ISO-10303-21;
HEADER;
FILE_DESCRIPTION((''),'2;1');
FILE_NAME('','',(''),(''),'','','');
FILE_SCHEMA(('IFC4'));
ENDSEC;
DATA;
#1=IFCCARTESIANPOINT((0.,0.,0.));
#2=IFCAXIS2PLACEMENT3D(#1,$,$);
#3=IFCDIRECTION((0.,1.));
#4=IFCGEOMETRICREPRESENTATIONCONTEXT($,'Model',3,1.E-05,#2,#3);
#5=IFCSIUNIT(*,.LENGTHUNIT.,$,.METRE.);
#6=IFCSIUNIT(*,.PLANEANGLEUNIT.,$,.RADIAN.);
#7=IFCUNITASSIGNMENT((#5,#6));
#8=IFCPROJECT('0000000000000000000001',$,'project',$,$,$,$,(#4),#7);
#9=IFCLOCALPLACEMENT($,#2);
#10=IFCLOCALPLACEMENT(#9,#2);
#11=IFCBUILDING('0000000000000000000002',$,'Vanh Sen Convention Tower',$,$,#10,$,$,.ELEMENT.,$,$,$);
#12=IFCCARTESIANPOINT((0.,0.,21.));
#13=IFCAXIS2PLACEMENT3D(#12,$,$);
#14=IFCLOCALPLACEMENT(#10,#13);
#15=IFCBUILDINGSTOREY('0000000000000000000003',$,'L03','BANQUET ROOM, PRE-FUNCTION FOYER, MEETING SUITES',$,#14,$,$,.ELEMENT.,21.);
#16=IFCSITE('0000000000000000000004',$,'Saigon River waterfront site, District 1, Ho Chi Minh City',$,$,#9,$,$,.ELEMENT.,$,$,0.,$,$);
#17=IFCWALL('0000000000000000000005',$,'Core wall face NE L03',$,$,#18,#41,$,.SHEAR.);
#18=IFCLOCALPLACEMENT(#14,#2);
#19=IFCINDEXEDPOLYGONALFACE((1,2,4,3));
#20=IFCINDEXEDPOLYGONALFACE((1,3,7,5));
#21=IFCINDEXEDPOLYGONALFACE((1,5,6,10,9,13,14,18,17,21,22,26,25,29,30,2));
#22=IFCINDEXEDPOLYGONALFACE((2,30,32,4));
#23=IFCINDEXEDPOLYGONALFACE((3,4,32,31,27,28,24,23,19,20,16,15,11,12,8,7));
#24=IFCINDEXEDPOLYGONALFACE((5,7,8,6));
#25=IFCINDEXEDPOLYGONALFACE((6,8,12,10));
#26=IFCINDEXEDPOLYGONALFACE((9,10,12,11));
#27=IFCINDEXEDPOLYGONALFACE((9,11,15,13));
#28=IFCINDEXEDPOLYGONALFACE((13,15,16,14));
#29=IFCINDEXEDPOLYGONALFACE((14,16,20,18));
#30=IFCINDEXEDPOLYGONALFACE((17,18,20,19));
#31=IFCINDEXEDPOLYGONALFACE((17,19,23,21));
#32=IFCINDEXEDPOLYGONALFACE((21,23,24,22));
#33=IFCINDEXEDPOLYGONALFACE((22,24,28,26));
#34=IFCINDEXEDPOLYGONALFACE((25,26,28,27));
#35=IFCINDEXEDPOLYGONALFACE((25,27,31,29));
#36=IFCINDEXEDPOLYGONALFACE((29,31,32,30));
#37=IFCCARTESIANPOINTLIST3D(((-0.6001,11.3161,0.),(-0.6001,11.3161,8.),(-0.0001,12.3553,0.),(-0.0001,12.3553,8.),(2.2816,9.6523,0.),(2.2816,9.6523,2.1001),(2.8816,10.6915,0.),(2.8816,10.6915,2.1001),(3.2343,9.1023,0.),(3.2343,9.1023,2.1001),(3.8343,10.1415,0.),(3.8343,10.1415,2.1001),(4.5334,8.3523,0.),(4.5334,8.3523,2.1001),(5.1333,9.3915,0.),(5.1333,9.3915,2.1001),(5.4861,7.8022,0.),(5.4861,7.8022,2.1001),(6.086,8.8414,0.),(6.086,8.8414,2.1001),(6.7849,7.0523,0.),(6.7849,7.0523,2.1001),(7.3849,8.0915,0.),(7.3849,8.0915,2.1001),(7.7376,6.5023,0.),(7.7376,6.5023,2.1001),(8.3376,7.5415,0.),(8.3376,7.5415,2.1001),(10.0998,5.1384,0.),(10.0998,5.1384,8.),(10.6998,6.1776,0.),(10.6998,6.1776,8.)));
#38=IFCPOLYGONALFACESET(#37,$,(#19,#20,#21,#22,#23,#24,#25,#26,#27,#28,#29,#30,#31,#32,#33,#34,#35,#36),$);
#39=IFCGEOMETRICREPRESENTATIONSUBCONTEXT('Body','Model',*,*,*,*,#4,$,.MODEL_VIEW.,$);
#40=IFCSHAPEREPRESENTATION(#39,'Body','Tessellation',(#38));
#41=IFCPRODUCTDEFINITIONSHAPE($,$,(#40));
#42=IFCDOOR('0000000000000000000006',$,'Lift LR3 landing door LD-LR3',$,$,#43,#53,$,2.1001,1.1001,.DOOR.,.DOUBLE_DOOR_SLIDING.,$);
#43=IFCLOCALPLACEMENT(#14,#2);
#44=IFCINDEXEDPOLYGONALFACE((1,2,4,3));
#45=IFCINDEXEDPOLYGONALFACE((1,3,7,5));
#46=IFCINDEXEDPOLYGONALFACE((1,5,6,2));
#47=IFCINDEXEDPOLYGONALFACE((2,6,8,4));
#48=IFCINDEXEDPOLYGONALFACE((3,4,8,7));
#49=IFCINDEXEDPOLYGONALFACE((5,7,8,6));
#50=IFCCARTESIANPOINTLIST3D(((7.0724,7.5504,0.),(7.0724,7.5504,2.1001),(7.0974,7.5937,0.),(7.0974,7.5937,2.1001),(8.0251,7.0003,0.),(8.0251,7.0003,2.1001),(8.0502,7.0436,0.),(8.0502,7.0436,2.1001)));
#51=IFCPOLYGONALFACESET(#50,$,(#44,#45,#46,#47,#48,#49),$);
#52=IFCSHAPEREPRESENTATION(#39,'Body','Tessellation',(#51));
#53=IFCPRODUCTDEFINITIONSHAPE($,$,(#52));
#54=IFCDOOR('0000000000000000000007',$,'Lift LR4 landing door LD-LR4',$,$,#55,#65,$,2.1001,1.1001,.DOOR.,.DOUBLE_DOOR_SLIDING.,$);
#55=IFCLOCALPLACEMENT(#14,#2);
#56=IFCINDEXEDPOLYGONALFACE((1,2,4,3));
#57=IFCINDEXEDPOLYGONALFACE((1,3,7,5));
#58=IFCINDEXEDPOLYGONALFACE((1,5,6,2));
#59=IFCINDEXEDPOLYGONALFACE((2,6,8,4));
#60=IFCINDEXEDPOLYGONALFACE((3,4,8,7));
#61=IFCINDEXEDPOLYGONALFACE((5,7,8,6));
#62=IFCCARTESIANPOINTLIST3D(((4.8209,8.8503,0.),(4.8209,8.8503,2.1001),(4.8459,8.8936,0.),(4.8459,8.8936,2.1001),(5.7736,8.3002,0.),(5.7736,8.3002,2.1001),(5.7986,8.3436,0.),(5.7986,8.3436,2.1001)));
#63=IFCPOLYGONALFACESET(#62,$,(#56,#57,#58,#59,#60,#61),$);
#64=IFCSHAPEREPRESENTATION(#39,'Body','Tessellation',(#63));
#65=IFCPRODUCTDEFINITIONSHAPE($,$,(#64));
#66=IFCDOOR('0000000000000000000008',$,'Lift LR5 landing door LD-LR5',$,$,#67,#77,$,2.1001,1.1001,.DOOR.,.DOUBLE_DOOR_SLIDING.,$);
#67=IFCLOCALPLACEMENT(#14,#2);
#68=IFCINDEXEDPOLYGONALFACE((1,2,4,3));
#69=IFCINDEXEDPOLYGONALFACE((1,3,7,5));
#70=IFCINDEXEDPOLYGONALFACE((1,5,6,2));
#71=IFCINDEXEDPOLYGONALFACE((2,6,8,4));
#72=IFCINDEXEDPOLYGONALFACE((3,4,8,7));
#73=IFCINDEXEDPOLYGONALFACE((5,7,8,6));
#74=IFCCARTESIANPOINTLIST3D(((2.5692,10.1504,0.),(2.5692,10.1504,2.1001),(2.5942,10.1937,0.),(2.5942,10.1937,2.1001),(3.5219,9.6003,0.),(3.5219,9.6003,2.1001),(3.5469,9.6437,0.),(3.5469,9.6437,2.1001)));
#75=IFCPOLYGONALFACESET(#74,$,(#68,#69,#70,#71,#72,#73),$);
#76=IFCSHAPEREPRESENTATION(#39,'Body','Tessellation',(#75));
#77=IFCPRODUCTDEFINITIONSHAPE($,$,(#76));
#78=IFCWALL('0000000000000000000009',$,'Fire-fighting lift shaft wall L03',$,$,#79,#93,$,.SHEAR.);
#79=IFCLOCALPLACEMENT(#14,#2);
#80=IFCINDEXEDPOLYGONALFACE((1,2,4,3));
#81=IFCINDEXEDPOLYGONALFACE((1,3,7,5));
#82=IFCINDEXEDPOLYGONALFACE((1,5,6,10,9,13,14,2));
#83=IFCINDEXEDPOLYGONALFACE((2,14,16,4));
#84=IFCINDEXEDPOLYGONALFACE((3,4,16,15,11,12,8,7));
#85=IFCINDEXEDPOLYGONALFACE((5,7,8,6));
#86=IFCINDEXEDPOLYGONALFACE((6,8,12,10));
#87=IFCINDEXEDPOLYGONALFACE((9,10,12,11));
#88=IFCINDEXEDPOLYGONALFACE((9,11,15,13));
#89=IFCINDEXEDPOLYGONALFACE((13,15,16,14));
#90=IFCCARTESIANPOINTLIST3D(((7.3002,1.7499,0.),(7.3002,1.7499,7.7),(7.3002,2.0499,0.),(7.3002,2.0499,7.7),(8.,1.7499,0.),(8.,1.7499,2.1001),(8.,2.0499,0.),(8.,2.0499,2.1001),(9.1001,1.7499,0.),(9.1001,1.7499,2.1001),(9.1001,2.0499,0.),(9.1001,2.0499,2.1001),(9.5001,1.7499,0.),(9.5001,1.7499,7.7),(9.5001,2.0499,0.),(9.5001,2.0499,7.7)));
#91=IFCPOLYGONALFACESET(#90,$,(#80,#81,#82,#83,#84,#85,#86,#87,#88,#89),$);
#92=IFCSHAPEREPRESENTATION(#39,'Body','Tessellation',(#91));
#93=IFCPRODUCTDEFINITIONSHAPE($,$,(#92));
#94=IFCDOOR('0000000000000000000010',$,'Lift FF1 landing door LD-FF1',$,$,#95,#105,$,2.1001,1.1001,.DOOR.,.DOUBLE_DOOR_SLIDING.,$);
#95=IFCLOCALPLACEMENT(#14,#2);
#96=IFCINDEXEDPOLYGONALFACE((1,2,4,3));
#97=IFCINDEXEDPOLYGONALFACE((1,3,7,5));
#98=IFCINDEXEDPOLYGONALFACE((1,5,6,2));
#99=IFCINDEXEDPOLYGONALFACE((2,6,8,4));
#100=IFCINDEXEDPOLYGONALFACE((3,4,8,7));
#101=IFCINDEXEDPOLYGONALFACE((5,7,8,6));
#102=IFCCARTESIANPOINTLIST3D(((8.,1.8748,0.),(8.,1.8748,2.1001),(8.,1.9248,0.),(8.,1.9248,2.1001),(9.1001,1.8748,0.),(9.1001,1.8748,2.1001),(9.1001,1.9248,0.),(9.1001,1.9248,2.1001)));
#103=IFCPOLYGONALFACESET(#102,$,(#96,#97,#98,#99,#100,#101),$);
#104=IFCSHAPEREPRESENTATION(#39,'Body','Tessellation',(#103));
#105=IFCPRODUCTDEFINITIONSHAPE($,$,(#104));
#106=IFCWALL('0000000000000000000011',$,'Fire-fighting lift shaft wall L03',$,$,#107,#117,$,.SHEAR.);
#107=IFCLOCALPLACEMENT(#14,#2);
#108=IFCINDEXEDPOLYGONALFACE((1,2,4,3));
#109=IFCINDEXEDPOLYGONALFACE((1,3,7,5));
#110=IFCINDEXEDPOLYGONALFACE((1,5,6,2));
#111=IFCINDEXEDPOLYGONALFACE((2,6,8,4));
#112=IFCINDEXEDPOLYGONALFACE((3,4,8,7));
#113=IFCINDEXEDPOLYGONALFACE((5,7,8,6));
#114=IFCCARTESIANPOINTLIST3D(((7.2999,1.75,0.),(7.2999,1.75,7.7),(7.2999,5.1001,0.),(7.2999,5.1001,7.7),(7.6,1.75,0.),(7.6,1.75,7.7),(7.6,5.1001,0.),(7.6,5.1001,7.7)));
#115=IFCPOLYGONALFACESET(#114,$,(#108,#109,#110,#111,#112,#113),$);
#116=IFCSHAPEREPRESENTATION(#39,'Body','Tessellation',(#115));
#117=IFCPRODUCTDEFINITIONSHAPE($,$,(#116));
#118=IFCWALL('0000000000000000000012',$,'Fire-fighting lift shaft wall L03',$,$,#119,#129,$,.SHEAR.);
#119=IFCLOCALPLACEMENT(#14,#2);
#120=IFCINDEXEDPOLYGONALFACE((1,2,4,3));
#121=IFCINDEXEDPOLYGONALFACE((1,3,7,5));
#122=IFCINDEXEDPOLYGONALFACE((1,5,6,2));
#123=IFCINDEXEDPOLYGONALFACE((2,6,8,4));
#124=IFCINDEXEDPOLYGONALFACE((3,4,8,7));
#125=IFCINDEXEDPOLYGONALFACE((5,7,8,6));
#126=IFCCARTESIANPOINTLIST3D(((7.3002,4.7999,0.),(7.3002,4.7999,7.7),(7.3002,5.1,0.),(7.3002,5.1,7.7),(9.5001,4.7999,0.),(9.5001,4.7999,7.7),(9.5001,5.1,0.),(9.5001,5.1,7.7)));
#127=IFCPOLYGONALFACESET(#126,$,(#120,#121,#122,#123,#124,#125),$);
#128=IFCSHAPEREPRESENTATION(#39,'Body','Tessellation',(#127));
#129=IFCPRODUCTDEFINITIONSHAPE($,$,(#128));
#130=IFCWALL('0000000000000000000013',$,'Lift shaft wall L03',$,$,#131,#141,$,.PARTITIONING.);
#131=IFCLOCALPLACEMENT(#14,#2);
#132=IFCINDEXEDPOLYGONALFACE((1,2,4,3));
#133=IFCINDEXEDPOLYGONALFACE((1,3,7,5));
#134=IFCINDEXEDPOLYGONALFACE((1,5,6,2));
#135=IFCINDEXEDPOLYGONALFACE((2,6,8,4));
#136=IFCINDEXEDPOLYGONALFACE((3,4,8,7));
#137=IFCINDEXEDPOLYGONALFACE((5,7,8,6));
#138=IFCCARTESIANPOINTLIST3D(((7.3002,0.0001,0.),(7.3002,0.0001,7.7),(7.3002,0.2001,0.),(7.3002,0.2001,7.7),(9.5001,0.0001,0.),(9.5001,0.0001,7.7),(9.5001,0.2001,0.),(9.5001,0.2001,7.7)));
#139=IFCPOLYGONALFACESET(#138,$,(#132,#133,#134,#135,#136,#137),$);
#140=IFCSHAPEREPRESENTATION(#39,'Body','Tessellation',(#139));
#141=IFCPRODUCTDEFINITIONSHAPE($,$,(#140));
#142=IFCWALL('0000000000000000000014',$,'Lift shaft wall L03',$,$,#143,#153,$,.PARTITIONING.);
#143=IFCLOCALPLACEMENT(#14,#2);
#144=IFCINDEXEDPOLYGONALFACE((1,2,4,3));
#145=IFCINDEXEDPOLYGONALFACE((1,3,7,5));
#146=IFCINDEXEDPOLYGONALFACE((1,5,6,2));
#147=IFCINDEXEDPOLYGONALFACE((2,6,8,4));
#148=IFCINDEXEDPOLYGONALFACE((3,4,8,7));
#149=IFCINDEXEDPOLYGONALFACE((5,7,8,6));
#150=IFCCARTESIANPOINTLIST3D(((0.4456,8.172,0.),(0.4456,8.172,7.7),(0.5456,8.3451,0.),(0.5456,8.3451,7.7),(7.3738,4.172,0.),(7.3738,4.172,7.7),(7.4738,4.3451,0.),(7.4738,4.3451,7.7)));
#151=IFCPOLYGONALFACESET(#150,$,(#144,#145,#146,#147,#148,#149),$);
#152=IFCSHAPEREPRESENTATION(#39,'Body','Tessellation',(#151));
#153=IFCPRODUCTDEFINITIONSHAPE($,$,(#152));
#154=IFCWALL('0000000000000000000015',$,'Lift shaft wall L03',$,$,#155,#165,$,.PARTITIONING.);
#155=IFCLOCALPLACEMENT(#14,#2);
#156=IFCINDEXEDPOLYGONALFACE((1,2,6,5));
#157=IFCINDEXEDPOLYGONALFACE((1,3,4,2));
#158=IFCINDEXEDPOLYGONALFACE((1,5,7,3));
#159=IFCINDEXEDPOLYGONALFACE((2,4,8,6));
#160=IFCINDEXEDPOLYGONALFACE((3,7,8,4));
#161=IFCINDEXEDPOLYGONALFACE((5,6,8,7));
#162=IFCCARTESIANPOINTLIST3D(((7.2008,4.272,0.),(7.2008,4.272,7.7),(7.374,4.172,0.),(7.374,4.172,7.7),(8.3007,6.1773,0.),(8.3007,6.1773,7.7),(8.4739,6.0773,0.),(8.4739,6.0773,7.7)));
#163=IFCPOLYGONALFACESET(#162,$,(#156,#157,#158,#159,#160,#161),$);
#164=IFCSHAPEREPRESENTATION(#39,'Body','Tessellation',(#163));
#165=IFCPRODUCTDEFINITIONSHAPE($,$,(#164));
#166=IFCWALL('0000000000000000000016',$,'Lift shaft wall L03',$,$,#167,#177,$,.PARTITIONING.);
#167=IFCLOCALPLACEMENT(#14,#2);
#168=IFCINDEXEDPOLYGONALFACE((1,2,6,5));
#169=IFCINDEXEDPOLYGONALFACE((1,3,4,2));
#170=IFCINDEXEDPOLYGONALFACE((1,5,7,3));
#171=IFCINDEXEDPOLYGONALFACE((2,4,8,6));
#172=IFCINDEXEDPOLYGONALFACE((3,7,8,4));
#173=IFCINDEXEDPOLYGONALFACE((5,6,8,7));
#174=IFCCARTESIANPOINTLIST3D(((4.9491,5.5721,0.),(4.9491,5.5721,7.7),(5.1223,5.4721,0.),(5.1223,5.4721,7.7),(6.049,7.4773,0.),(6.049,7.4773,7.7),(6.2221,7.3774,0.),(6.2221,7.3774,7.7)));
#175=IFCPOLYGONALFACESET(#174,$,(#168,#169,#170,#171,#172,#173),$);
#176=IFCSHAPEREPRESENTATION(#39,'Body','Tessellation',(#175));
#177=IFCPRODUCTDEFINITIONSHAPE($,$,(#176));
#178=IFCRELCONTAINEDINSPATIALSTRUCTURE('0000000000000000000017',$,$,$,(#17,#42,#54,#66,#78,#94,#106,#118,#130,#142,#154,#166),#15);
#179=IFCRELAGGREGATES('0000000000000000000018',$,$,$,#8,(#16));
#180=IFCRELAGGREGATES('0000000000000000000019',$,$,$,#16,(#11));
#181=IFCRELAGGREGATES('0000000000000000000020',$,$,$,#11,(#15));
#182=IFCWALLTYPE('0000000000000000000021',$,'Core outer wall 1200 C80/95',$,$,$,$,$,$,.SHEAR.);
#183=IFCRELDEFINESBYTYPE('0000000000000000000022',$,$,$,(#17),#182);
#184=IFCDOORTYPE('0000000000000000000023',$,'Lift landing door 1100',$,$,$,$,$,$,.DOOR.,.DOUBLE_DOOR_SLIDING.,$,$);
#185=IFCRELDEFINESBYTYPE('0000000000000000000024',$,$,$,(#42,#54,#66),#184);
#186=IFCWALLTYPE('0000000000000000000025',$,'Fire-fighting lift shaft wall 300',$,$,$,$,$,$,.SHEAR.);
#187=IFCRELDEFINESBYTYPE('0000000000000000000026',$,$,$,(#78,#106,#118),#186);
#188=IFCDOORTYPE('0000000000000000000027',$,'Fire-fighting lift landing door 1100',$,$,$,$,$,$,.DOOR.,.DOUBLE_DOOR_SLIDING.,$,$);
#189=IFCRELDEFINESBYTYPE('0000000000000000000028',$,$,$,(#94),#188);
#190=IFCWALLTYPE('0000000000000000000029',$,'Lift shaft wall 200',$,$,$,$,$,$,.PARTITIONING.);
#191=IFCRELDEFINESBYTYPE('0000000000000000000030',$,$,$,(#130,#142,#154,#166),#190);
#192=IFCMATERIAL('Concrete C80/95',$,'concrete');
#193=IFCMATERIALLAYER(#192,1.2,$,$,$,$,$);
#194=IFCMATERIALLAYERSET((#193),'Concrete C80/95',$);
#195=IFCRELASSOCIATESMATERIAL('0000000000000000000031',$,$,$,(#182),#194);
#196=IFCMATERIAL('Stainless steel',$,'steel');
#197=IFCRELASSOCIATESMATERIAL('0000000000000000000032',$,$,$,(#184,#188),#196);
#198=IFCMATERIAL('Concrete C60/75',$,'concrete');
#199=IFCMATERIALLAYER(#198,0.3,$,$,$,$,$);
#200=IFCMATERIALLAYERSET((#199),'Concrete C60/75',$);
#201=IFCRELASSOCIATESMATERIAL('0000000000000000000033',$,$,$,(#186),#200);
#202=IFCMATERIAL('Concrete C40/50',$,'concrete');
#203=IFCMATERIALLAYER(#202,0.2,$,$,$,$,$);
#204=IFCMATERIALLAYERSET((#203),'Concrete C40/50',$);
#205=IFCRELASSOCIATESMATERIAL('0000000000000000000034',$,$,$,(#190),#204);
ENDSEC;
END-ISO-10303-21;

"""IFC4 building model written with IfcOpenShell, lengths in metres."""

from ifc_helpers import new_model, si_unit, direction, frame, frame_2d, origin, place, context, subcontext, project, spatial, rectangle, extrude, material, layer, layer_set, type_object, element, fill, save


model = new_model("IFC4")

# Units and contexts
model_context = context("Model", 3, precision=1e-05, world=origin(), true_north=direction((0.0, 1.0)))
body_context = subcontext(model_context, "Body", "Model", "MODEL_VIEW")
ifc_project = project(units=[si_unit("LENGTHUNIT", "METRE"), si_unit("PLANEANGLEUNIT", "RADIAN")], contexts=[model_context])

# Site, building, storey
site_placement = place(None, origin())
site = spatial("IfcSite", under=ifc_project, at=site_placement, Name="Saigon River waterfront site, District 1, Ho Chi Minh City", CompositionType="ELEMENT", RefElevation=0.0)
building_placement = place(site_placement, origin())
building = spatial("IfcBuilding", under=site, at=building_placement, Name="Vanh Sen Convention Tower", CompositionType="ELEMENT")
storey_placement = place(building_placement, frame((0.0, 0.0, 21.0)))
storey = spatial("IfcBuildingStorey", under=building, at=storey_placement, Name="L03", Description="BANQUET ROOM, PRE-FUNCTION FOYER, MEETING SUITES", CompositionType="ELEMENT", Elevation=21.0)

# Wall, openings, doors
ifc_material_1 = material(Name="Concrete C80/95", Category="concrete")
ifc_layer_1 = layer(ifc_material_1, 1.2)
ifc_layer_set_1 = layer_set([ifc_layer_1], Name="Concrete C80/95")
wall_type_1 = type_object("IfcWallType", Name="Core outer wall 1200 C80/95", PredefinedType="SHEAR", material=ifc_layer_set_1)
wall_1_placement = place(storey_placement, frame((10.3999, 5.658, 0.0), z_axis=(0.0, 0.0, 1.0), x_axis=(-0.866021, 0.500007, 0.0)))
wall_1 = element("IfcWall", 1, at=wall_1_placement, inside=storey, type_object=wall_type_1, Name="Core wall face NE L03", PredefinedType="SHEAR", context=body_context, shape_type="SweptSolid", body=[
    extrude(rectangle(XDim=12.3552, YDim=1.2, at=frame_2d((6.1777, 0.0))), origin(), (0.0, 0.0, 1.0), 8.0),
])
opening_1_placement = place(wall_1_placement, frame((2.7278, 0.0, 0.0)))
opening_1 = element("IfcOpeningElement", 2, at=opening_1_placement, cuts=wall_1, PredefinedType="OPENING", context=body_context, shape_type="SweptSolid", body=[
    extrude(rectangle(XDim=1.1001, YDim=2.1001, at=frame_2d((0.55, 1.05))), frame((0.0, 0.6099, 0.0), z_axis=(0.0, -1.0, 0.0), x_axis=(1.0, 0.0, 0.0)), (0.0, 0.0, 1.0), 1.22),
])
opening_2_placement = place(wall_1_placement, frame((5.3276, 0.0, 0.0)))
opening_2 = element("IfcOpeningElement", 3, at=opening_2_placement, cuts=wall_1, PredefinedType="OPENING", context=body_context, shape_type="SweptSolid", body=[
    extrude(rectangle(XDim=1.1001, YDim=2.1001, at=frame_2d((0.55, 1.05))), frame((0.0, 0.6099, 0.0), z_axis=(0.0, -1.0, 0.0), x_axis=(1.0, 0.0, 0.0)), (0.0, 0.0, 1.0), 1.22),
])
opening_3_placement = place(wall_1_placement, frame((7.9277, 0.0, 0.0)))
opening_3 = element("IfcOpeningElement", 4, at=opening_3_placement, cuts=wall_1, PredefinedType="OPENING", context=body_context, shape_type="SweptSolid", body=[
    extrude(rectangle(XDim=1.1001, YDim=2.1001, at=frame_2d((0.55, 1.05))), frame((0.0, 0.6099, 0.0), z_axis=(0.0, -1.0, 0.0), x_axis=(1.0, 0.0, 0.0)), (0.0, 0.0, 1.0), 1.22),
])
ifc_material_2 = material(Name="Stainless steel", Category="steel")
door_type_1 = type_object("IfcDoorType", Name="Lift landing door 1100", OperationType="DOUBLE_DOOR_SLIDING", PredefinedType="DOOR", material=ifc_material_2)
door_1_placement = place(opening_1_placement, origin())
door_1 = element("IfcDoor", 5, at=door_1_placement, inside=storey, type_object=door_type_1, Name="Lift LR3 landing door LD-LR3", OperationType="DOUBLE_DOOR_SLIDING", OverallHeight=2.1001, OverallWidth=1.1001, PredefinedType="DOOR", context=body_context, shape_type="SweptSolid", body=[
    extrude(rectangle(XDim=1.1001, YDim=2.1001, at=frame_2d((0.55, 1.05))), frame((0.0, 0.0249, 0.0), z_axis=(0.0, -1.0, 0.0), x_axis=(1.0, 0.0, 0.0)), (0.0, 0.0, 1.0), 0.05),
])
fill(opening_1, door_1)
door_2_placement = place(opening_2_placement, origin())
door_2 = element("IfcDoor", 6, at=door_2_placement, inside=storey, type_object=door_type_1, Name="Lift LR4 landing door LD-LR4", OperationType="DOUBLE_DOOR_SLIDING", OverallHeight=2.1001, OverallWidth=1.1001, PredefinedType="DOOR", context=body_context, shape_type="SweptSolid", body=[
    extrude(rectangle(XDim=1.1001, YDim=2.1001, at=frame_2d((0.55, 1.05))), frame((0.0, 0.0249, 0.0), z_axis=(0.0, -1.0, 0.0), x_axis=(1.0, 0.0, 0.0)), (0.0, 0.0, 1.0), 0.05),
])
fill(opening_2, door_2)
door_3_placement = place(opening_3_placement, origin())
door_3 = element("IfcDoor", 7, at=door_3_placement, inside=storey, type_object=door_type_1, Name="Lift LR5 landing door LD-LR5", OperationType="DOUBLE_DOOR_SLIDING", OverallHeight=2.1001, OverallWidth=1.1001, PredefinedType="DOOR", context=body_context, shape_type="SweptSolid", body=[
    extrude(rectangle(XDim=1.1001, YDim=2.1001, at=frame_2d((0.55, 1.05))), frame((0.0, 0.0249, 0.0), z_axis=(0.0, -1.0, 0.0), x_axis=(1.0, 0.0, 0.0)), (0.0, 0.0, 1.0), 0.05),
])
fill(opening_3, door_3)

# Wall, opening, door
ifc_material_3 = material(Name="Concrete C60/75", Category="concrete")
ifc_layer_2 = layer(ifc_material_3, 0.3)
ifc_layer_set_2 = layer_set([ifc_layer_2], Name="Concrete C60/75")
wall_type_2 = type_object("IfcWallType", Name="Fire-fighting lift shaft wall 300", PredefinedType="SHEAR", material=ifc_layer_set_2)
wall_2_placement = place(storey_placement, frame((7.3, 1.8999, 0.0), z_axis=(0.0, 0.0, 1.0), x_axis=(1.0, 0.0, 0.0)))
wall_2 = element("IfcWall", 8, at=wall_2_placement, inside=storey, type_object=wall_type_2, Name="Fire-fighting lift shaft wall L03", PredefinedType="SHEAR", context=body_context, shape_type="SweptSolid", body=[
    extrude(rectangle(XDim=2.2, YDim=0.3, at=frame_2d((1.1001, 0.0))), origin(), (0.0, 0.0, 1.0), 7.7),
])
opening_4_placement = place(wall_2_placement, frame((0.7, 0.0, 0.0)))
opening_4 = element("IfcOpeningElement", 9, at=opening_4_placement, cuts=wall_2, PredefinedType="OPENING", context=body_context, shape_type="SweptSolid", body=[
    extrude(rectangle(XDim=1.1001, YDim=2.1001, at=frame_2d((0.55, 1.05))), frame((0.0, 0.1599, 0.0), z_axis=(0.0, -1.0, 0.0), x_axis=(1.0, 0.0, 0.0)), (0.0, 0.0, 1.0), 0.3201),
])
door_type_2 = type_object("IfcDoorType", Name="Fire-fighting lift landing door 1100", OperationType="DOUBLE_DOOR_SLIDING", PredefinedType="DOOR", material=ifc_material_2)
door_4_placement = place(opening_4_placement, origin())
door_4 = element("IfcDoor", 10, at=door_4_placement, inside=storey, type_object=door_type_2, Name="Lift FF1 landing door LD-FF1", OperationType="DOUBLE_DOOR_SLIDING", OverallHeight=2.1001, OverallWidth=1.1001, PredefinedType="DOOR", context=body_context, shape_type="SweptSolid", body=[
    extrude(rectangle(XDim=1.1001, YDim=2.1001, at=frame_2d((0.55, 1.05))), frame((0.0, 0.0249, 0.0), z_axis=(0.0, -1.0, 0.0), x_axis=(1.0, 0.0, 0.0)), (0.0, 0.0, 1.0), 0.05),
])
fill(opening_4, door_4)

# Walls
wall_3_placement = place(storey_placement, frame((7.45, 1.75, 0.0), z_axis=(0.0, 0.0, 1.0), x_axis=(0.0, 1.0, 0.0)))
element("IfcWall", 11, at=wall_3_placement, inside=storey, type_object=wall_type_2, Name="Fire-fighting lift shaft wall L03", PredefinedType="SHEAR", context=body_context, shape_type="SweptSolid", body=[
    extrude(rectangle(XDim=3.3501, YDim=0.3, at=frame_2d((1.675, 0.0))), origin(), (0.0, 0.0, 1.0), 7.7),
])
wall_4_placement = place(storey_placement, frame((7.3, 4.95, 0.0), z_axis=(0.0, 0.0, 1.0), x_axis=(1.0, 0.0, 0.0)))
element("IfcWall", 12, at=wall_4_placement, inside=storey, type_object=wall_type_2, Name="Fire-fighting lift shaft wall L03", PredefinedType="SHEAR", context=body_context, shape_type="SweptSolid", body=[
    extrude(rectangle(XDim=2.2, YDim=0.3, at=frame_2d((1.1001, 0.0))), origin(), (0.0, 0.0, 1.0), 7.7),
])
ifc_material_4 = material(Name="Concrete C40/50", Category="concrete")
ifc_layer_3 = layer(ifc_material_4, 0.2)
ifc_layer_set_3 = layer_set([ifc_layer_3], Name="Concrete C40/50")
wall_type_3 = type_object("IfcWallType", Name="Lift shaft wall 200", PredefinedType="PARTITIONING", material=ifc_layer_set_3)
wall_5_placement = place(storey_placement, frame((7.3, 0.1001, 0.0), z_axis=(0.0, 0.0, 1.0), x_axis=(1.0, 0.0, 0.0)))
element("IfcWall", 13, at=wall_5_placement, inside=storey, type_object=wall_type_3, Name="Lift shaft wall L03", PredefinedType="PARTITIONING", context=body_context, shape_type="SweptSolid", body=[
    extrude(rectangle(XDim=2.2, YDim=0.2, at=frame_2d((1.1001, 0.0))), origin(), (0.0, 0.0, 1.0), 7.7),
])
wall_6_placement = place(storey_placement, frame((7.4238, 4.2585, 0.0), z_axis=(0.0, 0.0, 1.0), x_axis=(-0.866026, 0.499999, 0.0)))
element("IfcWall", 14, at=wall_6_placement, inside=storey, type_object=wall_type_3, Name="Lift shaft wall L03", PredefinedType="PARTITIONING", context=body_context, shape_type="SweptSolid", body=[
    extrude(rectangle(XDim=8.0, YDim=0.2, at=frame_2d((4.0, 0.0))), origin(), (0.0, 0.0, 1.0), 7.7),
])
for number, where, z_axis, x_axis, name in (
    (15, (7.2874, 4.2219, 0.0), (0.0, 0.0, 1.0), (0.499947, 0.866056, 0.0), "Lift shaft wall L03"),
    (16, (5.0356, 5.522, 0.0), (0.0, 0.0, 1.0), (0.499947, 0.866056, 0.0), "Lift shaft wall L03"),
):
    element("IfcWall", number, at=place(storey_placement, frame(where, z_axis=z_axis, x_axis=x_axis)), inside=storey, type_object=wall_type_3, Name=name, PredefinedType="PARTITIONING", context=body_context, shape_type="SweptSolid", body=[
        extrude(rectangle(XDim=2.2, YDim=0.2, at=frame_2d((1.1001, 0.0))), origin(), (0.0, 0.0, 1.0), 7.7),
    ])

save(model, "model.ifc")
